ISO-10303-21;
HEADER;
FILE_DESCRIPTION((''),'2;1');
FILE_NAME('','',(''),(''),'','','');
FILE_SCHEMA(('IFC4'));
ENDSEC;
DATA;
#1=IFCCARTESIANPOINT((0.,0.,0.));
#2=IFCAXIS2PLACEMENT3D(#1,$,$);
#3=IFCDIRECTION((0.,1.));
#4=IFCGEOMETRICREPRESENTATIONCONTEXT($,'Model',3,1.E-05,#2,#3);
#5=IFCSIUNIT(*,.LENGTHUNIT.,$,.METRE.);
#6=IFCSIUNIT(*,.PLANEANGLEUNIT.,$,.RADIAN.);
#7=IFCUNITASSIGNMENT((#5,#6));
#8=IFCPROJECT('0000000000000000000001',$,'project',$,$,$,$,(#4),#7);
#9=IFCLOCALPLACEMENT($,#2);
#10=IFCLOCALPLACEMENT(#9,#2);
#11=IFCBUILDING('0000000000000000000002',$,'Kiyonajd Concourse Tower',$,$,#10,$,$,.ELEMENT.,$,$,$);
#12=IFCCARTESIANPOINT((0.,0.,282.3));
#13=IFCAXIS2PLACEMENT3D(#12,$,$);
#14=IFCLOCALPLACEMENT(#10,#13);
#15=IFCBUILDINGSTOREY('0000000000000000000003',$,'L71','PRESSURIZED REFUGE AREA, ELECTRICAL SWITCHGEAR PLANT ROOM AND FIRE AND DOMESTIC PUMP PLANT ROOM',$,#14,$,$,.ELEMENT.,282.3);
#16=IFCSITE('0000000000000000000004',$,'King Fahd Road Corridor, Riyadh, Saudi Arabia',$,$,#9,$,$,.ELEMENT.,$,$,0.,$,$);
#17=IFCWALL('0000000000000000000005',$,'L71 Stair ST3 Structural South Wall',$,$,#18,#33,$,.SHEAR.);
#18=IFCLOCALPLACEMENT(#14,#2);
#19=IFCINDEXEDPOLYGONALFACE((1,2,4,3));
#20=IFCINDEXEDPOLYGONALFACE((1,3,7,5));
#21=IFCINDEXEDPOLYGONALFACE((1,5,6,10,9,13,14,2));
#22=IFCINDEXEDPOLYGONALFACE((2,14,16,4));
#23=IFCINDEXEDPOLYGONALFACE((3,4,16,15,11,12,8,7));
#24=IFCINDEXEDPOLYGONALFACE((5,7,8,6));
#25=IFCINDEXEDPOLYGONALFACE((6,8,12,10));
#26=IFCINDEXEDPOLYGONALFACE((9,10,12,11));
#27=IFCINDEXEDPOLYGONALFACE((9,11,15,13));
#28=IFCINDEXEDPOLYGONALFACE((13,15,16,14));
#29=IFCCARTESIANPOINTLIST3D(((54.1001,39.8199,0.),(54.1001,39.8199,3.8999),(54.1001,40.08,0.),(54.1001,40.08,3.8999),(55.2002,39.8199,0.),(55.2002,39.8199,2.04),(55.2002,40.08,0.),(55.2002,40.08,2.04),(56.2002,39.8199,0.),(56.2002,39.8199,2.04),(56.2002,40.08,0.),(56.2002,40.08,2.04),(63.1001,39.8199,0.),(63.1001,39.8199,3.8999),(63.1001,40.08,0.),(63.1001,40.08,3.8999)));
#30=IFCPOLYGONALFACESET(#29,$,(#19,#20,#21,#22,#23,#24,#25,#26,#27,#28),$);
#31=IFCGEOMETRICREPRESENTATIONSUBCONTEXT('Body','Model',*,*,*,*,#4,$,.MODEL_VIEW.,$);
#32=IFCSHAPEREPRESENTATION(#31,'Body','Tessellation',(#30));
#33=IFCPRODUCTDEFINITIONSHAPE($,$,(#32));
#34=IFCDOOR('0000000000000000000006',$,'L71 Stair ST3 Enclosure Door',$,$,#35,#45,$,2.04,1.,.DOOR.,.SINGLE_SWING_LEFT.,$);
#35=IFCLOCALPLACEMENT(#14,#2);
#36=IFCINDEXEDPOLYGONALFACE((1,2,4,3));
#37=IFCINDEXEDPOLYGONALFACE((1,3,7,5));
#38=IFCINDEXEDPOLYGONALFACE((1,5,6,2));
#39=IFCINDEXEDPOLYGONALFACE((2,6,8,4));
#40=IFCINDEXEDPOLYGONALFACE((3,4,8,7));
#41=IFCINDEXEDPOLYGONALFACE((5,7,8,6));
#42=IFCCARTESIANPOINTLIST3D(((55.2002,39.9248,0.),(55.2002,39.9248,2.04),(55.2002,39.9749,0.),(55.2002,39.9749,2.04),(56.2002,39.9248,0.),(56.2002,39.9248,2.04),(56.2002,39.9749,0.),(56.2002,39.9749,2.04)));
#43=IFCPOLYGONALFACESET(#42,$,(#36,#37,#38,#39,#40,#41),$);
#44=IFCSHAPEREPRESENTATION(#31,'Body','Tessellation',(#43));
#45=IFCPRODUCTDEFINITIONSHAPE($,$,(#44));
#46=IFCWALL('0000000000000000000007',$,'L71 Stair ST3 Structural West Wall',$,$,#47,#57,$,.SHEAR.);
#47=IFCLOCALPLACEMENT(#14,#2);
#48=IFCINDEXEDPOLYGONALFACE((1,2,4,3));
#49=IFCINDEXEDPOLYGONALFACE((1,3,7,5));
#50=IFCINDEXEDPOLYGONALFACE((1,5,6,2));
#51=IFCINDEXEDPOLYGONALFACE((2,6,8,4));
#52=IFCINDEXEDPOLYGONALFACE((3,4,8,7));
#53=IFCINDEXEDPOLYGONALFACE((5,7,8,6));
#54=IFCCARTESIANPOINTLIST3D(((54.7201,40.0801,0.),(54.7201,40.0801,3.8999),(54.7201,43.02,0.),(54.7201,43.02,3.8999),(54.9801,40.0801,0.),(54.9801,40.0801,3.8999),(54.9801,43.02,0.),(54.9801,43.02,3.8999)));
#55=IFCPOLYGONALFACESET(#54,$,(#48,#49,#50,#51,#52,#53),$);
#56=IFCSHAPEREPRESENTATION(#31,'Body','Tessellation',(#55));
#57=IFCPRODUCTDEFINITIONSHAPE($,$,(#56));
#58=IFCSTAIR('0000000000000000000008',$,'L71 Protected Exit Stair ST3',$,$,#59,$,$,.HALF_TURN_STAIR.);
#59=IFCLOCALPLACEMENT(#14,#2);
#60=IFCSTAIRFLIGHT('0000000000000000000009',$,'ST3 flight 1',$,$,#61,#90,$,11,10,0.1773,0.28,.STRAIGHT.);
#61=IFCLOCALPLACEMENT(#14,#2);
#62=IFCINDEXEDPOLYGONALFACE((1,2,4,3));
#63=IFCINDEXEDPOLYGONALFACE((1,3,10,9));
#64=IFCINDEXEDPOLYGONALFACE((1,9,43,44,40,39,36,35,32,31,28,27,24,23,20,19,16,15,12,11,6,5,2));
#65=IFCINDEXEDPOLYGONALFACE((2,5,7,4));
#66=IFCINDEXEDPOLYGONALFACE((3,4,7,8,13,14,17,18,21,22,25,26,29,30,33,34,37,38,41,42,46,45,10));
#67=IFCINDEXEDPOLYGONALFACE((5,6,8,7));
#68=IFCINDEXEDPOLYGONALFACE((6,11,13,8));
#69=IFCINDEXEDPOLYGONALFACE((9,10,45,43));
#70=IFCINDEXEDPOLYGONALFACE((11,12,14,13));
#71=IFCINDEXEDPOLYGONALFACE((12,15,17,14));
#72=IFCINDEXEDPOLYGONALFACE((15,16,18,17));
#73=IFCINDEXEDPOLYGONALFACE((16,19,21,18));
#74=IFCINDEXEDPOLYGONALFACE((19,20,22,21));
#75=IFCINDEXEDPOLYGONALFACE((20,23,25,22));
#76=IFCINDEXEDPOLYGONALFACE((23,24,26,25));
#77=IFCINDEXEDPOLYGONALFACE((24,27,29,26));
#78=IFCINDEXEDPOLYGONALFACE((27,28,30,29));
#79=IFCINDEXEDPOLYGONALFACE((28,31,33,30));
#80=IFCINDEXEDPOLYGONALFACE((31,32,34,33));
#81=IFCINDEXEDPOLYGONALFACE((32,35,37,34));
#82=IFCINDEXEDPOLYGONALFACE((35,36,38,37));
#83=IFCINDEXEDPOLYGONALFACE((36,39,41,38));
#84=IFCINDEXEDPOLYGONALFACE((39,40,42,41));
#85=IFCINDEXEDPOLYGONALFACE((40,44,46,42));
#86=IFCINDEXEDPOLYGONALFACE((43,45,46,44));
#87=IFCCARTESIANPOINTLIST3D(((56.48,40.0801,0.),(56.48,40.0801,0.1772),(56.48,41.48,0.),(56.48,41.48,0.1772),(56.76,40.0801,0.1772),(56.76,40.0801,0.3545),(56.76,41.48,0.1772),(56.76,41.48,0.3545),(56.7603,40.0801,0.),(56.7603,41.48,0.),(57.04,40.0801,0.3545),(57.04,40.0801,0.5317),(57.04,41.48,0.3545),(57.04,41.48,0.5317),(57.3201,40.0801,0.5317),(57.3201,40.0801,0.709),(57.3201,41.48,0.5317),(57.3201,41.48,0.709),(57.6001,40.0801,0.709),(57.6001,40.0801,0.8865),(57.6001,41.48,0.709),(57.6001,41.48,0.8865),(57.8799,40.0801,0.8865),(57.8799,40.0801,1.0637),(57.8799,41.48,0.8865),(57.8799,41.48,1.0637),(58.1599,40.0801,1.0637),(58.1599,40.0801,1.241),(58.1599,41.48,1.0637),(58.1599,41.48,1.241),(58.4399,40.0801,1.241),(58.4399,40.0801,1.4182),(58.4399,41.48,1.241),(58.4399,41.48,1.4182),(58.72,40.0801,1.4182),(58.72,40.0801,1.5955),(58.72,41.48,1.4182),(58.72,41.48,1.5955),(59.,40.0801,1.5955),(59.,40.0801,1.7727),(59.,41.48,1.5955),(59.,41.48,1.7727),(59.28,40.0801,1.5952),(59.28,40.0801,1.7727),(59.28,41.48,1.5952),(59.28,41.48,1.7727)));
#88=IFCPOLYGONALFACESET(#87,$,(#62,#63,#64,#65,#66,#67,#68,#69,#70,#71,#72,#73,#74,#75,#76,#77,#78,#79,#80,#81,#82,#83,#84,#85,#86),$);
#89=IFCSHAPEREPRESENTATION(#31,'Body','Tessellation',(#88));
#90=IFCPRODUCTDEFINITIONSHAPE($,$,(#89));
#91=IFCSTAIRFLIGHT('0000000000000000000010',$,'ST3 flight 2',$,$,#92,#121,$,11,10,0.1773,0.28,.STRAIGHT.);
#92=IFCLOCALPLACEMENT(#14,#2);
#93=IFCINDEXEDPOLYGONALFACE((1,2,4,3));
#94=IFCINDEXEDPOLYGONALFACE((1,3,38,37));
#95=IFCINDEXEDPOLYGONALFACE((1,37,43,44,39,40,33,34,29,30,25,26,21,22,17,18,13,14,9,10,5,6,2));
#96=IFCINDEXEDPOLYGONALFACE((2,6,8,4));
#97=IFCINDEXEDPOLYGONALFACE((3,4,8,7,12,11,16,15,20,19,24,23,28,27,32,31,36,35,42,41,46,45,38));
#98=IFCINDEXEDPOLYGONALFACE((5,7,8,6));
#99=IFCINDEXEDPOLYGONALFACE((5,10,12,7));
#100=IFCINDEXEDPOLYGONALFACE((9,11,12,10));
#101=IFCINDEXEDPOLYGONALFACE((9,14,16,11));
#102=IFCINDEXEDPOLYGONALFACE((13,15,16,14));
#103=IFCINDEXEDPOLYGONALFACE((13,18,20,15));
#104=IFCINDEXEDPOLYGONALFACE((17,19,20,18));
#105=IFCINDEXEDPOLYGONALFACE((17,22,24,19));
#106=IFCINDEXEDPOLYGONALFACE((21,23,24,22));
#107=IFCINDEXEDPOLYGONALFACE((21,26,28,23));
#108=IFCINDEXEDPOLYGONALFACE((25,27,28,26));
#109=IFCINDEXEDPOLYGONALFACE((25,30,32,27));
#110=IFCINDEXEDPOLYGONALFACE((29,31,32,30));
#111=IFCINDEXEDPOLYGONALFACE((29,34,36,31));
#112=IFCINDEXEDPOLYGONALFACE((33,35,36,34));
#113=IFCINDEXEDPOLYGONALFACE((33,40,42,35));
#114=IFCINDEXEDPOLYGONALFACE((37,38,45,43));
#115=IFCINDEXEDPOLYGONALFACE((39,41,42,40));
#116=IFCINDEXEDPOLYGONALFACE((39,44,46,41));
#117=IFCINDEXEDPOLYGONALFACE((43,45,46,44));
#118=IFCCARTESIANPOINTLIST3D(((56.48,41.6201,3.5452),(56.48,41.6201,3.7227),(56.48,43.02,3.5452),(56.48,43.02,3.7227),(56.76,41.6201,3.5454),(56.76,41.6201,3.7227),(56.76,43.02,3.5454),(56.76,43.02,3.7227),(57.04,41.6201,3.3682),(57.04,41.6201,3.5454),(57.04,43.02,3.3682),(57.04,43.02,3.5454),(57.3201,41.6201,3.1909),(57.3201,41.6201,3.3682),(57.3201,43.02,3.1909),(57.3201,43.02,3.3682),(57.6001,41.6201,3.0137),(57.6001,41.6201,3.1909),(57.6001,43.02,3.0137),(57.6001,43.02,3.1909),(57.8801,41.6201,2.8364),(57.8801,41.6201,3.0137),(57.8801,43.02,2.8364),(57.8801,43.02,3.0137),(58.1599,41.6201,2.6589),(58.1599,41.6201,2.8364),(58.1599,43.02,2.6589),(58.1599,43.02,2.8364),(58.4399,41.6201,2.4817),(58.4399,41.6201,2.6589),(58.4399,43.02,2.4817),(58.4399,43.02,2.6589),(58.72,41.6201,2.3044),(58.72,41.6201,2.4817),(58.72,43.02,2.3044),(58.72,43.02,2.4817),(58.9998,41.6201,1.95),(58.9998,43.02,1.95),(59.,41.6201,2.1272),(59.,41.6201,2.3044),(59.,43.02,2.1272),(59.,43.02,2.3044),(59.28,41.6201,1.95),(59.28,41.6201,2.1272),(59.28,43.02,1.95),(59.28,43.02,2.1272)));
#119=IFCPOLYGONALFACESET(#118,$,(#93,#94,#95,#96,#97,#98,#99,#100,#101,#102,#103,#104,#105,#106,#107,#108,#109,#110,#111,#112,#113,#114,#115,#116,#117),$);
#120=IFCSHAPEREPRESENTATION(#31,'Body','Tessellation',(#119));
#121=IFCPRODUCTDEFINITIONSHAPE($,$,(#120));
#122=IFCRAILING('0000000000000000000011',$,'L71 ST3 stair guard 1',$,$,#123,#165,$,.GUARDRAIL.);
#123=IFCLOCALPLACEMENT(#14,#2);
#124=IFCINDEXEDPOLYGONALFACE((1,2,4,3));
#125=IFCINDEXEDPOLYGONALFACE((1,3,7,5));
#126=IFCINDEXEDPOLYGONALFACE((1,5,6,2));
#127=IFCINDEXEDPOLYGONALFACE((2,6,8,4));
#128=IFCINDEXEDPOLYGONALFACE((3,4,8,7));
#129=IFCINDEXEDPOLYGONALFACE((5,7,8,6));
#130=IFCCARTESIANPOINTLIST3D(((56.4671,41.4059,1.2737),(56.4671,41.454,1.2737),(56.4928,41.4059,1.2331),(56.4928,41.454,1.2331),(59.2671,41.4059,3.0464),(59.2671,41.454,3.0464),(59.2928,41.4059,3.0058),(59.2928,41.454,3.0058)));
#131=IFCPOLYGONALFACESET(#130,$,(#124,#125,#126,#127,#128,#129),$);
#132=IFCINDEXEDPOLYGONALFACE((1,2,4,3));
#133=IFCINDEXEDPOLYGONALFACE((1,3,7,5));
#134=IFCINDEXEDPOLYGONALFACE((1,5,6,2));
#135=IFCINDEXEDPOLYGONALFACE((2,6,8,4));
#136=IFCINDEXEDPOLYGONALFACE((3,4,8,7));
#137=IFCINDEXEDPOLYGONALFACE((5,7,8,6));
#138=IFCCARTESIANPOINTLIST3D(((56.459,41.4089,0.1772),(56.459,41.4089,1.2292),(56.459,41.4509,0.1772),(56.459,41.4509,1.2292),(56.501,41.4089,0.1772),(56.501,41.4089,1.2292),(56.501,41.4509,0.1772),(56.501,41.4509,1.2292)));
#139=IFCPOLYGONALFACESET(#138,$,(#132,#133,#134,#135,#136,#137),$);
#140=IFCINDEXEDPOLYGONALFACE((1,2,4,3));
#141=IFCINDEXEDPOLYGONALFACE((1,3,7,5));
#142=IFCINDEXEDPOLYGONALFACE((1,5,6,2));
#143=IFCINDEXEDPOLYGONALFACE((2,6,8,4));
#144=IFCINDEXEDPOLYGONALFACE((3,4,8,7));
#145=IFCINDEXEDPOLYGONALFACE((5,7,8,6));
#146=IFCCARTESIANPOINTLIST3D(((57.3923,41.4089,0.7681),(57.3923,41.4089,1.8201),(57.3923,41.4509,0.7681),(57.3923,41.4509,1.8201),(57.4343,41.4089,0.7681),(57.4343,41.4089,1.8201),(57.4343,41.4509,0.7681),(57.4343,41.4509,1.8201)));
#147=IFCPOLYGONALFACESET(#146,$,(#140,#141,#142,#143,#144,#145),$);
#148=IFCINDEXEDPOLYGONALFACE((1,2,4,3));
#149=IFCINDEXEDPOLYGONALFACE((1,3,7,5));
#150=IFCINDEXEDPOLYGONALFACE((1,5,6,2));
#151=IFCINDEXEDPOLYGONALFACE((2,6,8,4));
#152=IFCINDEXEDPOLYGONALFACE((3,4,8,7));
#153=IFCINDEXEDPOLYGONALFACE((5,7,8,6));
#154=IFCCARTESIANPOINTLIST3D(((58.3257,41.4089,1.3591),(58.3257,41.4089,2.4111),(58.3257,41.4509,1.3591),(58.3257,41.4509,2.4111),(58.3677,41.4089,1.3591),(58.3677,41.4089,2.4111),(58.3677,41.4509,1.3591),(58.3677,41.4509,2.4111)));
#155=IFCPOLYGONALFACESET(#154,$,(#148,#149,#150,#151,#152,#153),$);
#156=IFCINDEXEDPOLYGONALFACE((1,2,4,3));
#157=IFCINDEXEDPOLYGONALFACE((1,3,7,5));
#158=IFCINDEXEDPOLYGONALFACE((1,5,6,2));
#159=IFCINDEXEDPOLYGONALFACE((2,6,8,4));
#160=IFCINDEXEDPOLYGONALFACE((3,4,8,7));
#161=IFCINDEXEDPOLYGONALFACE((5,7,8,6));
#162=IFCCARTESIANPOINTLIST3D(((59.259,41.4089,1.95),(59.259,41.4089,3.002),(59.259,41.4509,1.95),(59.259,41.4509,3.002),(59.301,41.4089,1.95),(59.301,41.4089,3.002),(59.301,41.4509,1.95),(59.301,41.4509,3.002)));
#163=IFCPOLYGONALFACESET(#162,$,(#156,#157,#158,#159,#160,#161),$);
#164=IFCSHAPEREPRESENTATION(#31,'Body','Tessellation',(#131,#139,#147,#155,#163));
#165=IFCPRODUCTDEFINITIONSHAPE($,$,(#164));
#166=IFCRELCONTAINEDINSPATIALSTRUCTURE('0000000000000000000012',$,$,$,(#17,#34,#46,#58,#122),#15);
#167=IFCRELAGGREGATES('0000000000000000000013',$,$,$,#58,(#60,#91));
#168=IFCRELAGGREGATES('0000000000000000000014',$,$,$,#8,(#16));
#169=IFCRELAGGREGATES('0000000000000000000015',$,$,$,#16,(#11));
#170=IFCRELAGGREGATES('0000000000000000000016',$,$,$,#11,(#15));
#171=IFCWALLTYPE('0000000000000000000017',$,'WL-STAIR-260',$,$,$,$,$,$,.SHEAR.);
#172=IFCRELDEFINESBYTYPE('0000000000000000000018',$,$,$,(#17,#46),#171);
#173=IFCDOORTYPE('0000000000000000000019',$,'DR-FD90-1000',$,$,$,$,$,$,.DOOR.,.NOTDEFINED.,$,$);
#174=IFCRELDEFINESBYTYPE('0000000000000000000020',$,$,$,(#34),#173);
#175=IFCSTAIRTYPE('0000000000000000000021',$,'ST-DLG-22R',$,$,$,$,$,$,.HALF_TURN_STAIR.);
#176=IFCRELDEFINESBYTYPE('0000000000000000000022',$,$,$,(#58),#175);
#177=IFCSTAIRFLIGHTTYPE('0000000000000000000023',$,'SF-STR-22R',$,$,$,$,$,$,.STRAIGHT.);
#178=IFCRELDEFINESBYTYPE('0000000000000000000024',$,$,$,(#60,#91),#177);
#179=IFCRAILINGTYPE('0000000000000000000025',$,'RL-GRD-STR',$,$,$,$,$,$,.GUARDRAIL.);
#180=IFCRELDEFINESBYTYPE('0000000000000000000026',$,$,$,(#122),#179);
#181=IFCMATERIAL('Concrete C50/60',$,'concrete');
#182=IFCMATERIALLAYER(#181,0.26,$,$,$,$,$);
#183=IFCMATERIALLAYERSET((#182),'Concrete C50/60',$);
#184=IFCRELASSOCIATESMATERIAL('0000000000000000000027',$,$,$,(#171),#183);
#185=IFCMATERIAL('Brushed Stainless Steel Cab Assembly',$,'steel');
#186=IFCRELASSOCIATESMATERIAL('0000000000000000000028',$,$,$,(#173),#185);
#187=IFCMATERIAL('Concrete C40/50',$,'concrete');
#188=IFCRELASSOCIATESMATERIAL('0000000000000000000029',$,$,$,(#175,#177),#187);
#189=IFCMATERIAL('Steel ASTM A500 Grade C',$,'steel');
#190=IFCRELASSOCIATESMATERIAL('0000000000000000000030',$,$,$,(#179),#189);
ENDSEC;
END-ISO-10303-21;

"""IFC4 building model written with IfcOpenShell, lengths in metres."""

from ifc_helpers import new_model, si_unit, direction, frame, frame_2d, origin, origin_2d, place, context, subcontext, project, spatial, polyline, rectangle, outline, extrude, material, layer, layer_set, type_object, element, fill, aggregate, save


model = new_model("IFC4")

# Units and contexts
model_context = context("Model", 3, precision=1e-05, world=origin(), true_north=direction((0.0, 1.0)))
body_context = subcontext(model_context, "Body", "Model", "MODEL_VIEW")
ifc_project = project(units=[si_unit("LENGTHUNIT", "METRE"), si_unit("PLANEANGLEUNIT", "RADIAN")], contexts=[model_context])

# Site, building, storey
site_placement = place(None, origin())
site = spatial("IfcSite", under=ifc_project, at=site_placement, Name="King Fahd Road Corridor, Riyadh, Saudi Arabia", CompositionType="ELEMENT", RefElevation=0.0)
building_placement = place(site_placement, origin())
building = spatial("IfcBuilding", under=site, at=building_placement, Name="Kiyonajd Concourse Tower", CompositionType="ELEMENT")
storey_placement = place(building_placement, frame((0.0, 0.0, 282.3)))
storey = spatial("IfcBuildingStorey", under=building, at=storey_placement, Name="L71", Description="PRESSURIZED REFUGE AREA, ELECTRICAL SWITCHGEAR PLANT ROOM AND FIRE AND DOMESTIC PUMP PLANT ROOM", CompositionType="ELEMENT", Elevation=282.3)

# Shared definitions
ifc_material_1 = material(Name="Concrete C50/60", Category="concrete")

# Shared definitions
ifc_layer_1 = layer(ifc_material_1, 0.26)
ifc_layer_set_1 = layer_set([ifc_layer_1], Name="Concrete C50/60")
wall_type_1 = type_object("IfcWallType", Name="WL-STAIR-260", PredefinedType="SHEAR", material=ifc_layer_set_1)

# Wall, opening, door
wall_1_placement = place(storey_placement, frame((54.1001, 39.95, 0.0), z_axis=(0.0, 0.0, 1.0), x_axis=(1.0, 0.0, 0.0)))
wall_1 = element("IfcWall", 1, at=wall_1_placement, inside=storey, type_object=wall_type_1, Name="L71 Stair ST3 Structural South Wall", PredefinedType="SHEAR", context=body_context, shape_type="SweptSolid", body=[
    extrude(rectangle(XDim=9.0, YDim=0.26, at=frame_2d((4.5, 0.0))), origin(), (0.0, 0.0, 1.0), 3.8999),
])
opening_1_placement = place(wall_1_placement, frame((1.1001, 0.0, 0.0)))
opening_1 = element("IfcOpeningElement", 2, at=opening_1_placement, cuts=wall_1, PredefinedType="OPENING", context=body_context, shape_type="SweptSolid", body=[
    extrude(rectangle(XDim=1.0, YDim=2.04, at=frame_2d((0.5, 1.02))), frame((0.0, 0.1399, 0.0), z_axis=(0.0, -1.0, 0.0), x_axis=(1.0, 0.0, 0.0)), (0.0, 0.0, 1.0), 0.28),
])
ifc_material_2 = material(Name="Brushed Stainless Steel Cab Assembly", Category="steel")
door_type_1 = type_object("IfcDoorType", Name="DR-FD90-1000", OperationType="NOTDEFINED", PredefinedType="DOOR", material=ifc_material_2)
door_1_placement = place(opening_1_placement, origin())
door_1 = element("IfcDoor", 3, at=door_1_placement, inside=storey, type_object=door_type_1, Name="L71 Stair ST3 Enclosure Door", OperationType="SINGLE_SWING_LEFT", OverallHeight=2.04, OverallWidth=1.0, PredefinedType="DOOR", context=body_context, shape_type="SweptSolid", body=[
    extrude(rectangle(XDim=1.0, YDim=2.04, at=frame_2d((0.5, 1.02))), frame((0.0, 0.0249, 0.0), z_axis=(0.0, -1.0, 0.0), x_axis=(1.0, 0.0, 0.0)), (0.0, 0.0, 1.0), 0.05),
])
fill(opening_1, door_1)

# Wall
wall_2_placement = place(storey_placement, frame((54.8501, 40.0801, 0.0), z_axis=(0.0, 0.0, 1.0), x_axis=(0.0, 1.0, 0.0)))
element("IfcWall", 4, at=wall_2_placement, inside=storey, type_object=wall_type_1, Name="L71 Stair ST3 Structural West Wall", PredefinedType="SHEAR", context=body_context, shape_type="SweptSolid", body=[
    extrude(rectangle(XDim=2.9399, YDim=0.26, at=frame_2d((1.47, 0.0))), origin(), (0.0, 0.0, 1.0), 3.8999),
])

# Stair, stair flights
ifc_material_3 = material(Name="Concrete C40/50", Category="concrete")
stair_type = type_object("IfcStairType", Name="ST-DLG-22R", PredefinedType="HALF_TURN_STAIR", material=ifc_material_3)
stair_placement = place(storey_placement, origin())
stair = element("IfcStair", 5, at=stair_placement, inside=storey, type_object=stair_type, Name="L71 Protected Exit Stair ST3", PredefinedType="HALF_TURN_STAIR")
stair_flight_type = type_object("IfcStairFlightType", Name="SF-STR-22R", PredefinedType="STRAIGHT", material=ifc_material_3)
stair_flight_1_placement = place(storey_placement, frame((56.48, 40.78, 0.0), z_axis=(0.0, 0.0, 1.0), x_axis=(1.0, 0.0, 0.0)))
stair_flight_1 = element("IfcStairFlight", 6, at=stair_flight_1_placement, type_object=stair_flight_type, Name="ST3 flight 1", NumberOfRisers=11, NumberOfTreads=10, PredefinedType="STRAIGHT", RiserHeight=0.1773, TreadLength=0.28, context=body_context, shape_type="SweptSolid", body=[
    extrude(outline(polyline([(0.0, 0.0), (0.0, 0.1772), (0.28, 0.1772), (0.28, 0.3545), (0.5601, 0.3545), (0.5601, 0.5317), (0.8401, 0.5317), (0.8401, 0.709), (1.1201, 0.709), (1.1201, 0.8865), (1.3999, 0.8865), (1.3999, 1.0637), (1.6799, 1.0637), (1.6799, 1.241), (1.96, 1.241), (1.96, 1.4182), (2.24, 1.4182), (2.24, 1.5955), (2.52, 1.5955), (2.52, 1.7727), (2.8, 1.7727), (2.8, 1.95), (2.8, 1.5952), (0.2803, 0.0), (0.0, 0.0)])), frame((0.0, 0.7, 0.0), z_axis=(0.0, -1.0, 0.0), x_axis=(1.0, 0.0, 0.0)), (0.0, 0.0, 1.0), 1.3999),
])
stair_flight_2_placement = place(storey_placement, frame((59.28, 42.3201, 1.95), z_axis=(0.0, 0.0, 1.0), x_axis=(-1.0, 0.0, 0.0)))
stair_flight_2 = element("IfcStairFlight", 7, at=stair_flight_2_placement, type_object=stair_flight_type, Name="ST3 flight 2", NumberOfRisers=11, NumberOfTreads=10, PredefinedType="STRAIGHT", RiserHeight=0.1773, TreadLength=0.28, context=body_context, shape_type="SweptSolid", body=[
    extrude(outline(polyline([(0.0, 0.0), (0.0, 0.1772), (0.28, 0.1772), (0.28, 0.3545), (0.5601, 0.3545), (0.5601, 0.5317), (0.8401, 0.5317), (0.8401, 0.709), (1.1201, 0.709), (1.1201, 0.8865), (1.3999, 0.8865), (1.3999, 1.0637), (1.6799, 1.0637), (1.6799, 1.241), (1.96, 1.241), (1.96, 1.4182), (2.24, 1.4182), (2.24, 1.5955), (2.52, 1.5955), (2.52, 1.7727), (2.8, 1.7727), (2.8, 1.95), (2.8, 1.5952), (0.2803, 0.0), (0.0, 0.0)])), frame((0.0, 0.7, 0.0), z_axis=(0.0, -1.0, 0.0), x_axis=(1.0, 0.0, 0.0)), (0.0, 0.0, 1.0), 1.3999),
])
aggregate(stair, [stair_flight_1, stair_flight_2])

# Railing
ifc_material_4 = material(Name="Steel ASTM A500 Grade C", Category="steel")
railing_type_1 = type_object("IfcRailingType", Name="RL-GRD-STR", PredefinedType="GUARDRAIL", material=ifc_material_4)
railing_1_placement = place(storey_placement, frame((56.48, 41.4299, 0.1772)))
element("IfcRailing", 8, at=railing_1_placement, inside=storey, type_object=railing_type_1, Name="L71 ST3 stair guard 1", PredefinedType="GUARDRAIL", context=body_context, shape_type="SweptSolid", body=[
    extrude(rectangle(XDim=0.0481, YDim=0.0481, at=origin_2d()), frame((0.0, 0.0, 1.0762), z_axis=(0.844909, 0.0, 0.53491), x_axis=(0.0, 1.0, 0.0)), (0.0, 0.0, 1.0), 3.314),
    extrude(rectangle(XDim=0.042, YDim=0.042, at=origin_2d()), origin(), (0.0, 0.0, 1.0), 1.052),
    extrude(rectangle(XDim=0.042, YDim=0.042, at=origin_2d()), frame((0.9333, 0.0, 0.5908)), (0.0, 0.0, 1.0), 1.052),
    extrude(rectangle(XDim=0.042, YDim=0.042, at=origin_2d()), frame((1.8667, 0.0, 1.1819)), (0.0, 0.0, 1.0), 1.052),
    extrude(rectangle(XDim=0.042, YDim=0.042, at=origin_2d()), frame((2.8, 0.0, 1.7727)), (0.0, 0.0, 1.0), 1.052),
])

save(model, "model.ifc")
